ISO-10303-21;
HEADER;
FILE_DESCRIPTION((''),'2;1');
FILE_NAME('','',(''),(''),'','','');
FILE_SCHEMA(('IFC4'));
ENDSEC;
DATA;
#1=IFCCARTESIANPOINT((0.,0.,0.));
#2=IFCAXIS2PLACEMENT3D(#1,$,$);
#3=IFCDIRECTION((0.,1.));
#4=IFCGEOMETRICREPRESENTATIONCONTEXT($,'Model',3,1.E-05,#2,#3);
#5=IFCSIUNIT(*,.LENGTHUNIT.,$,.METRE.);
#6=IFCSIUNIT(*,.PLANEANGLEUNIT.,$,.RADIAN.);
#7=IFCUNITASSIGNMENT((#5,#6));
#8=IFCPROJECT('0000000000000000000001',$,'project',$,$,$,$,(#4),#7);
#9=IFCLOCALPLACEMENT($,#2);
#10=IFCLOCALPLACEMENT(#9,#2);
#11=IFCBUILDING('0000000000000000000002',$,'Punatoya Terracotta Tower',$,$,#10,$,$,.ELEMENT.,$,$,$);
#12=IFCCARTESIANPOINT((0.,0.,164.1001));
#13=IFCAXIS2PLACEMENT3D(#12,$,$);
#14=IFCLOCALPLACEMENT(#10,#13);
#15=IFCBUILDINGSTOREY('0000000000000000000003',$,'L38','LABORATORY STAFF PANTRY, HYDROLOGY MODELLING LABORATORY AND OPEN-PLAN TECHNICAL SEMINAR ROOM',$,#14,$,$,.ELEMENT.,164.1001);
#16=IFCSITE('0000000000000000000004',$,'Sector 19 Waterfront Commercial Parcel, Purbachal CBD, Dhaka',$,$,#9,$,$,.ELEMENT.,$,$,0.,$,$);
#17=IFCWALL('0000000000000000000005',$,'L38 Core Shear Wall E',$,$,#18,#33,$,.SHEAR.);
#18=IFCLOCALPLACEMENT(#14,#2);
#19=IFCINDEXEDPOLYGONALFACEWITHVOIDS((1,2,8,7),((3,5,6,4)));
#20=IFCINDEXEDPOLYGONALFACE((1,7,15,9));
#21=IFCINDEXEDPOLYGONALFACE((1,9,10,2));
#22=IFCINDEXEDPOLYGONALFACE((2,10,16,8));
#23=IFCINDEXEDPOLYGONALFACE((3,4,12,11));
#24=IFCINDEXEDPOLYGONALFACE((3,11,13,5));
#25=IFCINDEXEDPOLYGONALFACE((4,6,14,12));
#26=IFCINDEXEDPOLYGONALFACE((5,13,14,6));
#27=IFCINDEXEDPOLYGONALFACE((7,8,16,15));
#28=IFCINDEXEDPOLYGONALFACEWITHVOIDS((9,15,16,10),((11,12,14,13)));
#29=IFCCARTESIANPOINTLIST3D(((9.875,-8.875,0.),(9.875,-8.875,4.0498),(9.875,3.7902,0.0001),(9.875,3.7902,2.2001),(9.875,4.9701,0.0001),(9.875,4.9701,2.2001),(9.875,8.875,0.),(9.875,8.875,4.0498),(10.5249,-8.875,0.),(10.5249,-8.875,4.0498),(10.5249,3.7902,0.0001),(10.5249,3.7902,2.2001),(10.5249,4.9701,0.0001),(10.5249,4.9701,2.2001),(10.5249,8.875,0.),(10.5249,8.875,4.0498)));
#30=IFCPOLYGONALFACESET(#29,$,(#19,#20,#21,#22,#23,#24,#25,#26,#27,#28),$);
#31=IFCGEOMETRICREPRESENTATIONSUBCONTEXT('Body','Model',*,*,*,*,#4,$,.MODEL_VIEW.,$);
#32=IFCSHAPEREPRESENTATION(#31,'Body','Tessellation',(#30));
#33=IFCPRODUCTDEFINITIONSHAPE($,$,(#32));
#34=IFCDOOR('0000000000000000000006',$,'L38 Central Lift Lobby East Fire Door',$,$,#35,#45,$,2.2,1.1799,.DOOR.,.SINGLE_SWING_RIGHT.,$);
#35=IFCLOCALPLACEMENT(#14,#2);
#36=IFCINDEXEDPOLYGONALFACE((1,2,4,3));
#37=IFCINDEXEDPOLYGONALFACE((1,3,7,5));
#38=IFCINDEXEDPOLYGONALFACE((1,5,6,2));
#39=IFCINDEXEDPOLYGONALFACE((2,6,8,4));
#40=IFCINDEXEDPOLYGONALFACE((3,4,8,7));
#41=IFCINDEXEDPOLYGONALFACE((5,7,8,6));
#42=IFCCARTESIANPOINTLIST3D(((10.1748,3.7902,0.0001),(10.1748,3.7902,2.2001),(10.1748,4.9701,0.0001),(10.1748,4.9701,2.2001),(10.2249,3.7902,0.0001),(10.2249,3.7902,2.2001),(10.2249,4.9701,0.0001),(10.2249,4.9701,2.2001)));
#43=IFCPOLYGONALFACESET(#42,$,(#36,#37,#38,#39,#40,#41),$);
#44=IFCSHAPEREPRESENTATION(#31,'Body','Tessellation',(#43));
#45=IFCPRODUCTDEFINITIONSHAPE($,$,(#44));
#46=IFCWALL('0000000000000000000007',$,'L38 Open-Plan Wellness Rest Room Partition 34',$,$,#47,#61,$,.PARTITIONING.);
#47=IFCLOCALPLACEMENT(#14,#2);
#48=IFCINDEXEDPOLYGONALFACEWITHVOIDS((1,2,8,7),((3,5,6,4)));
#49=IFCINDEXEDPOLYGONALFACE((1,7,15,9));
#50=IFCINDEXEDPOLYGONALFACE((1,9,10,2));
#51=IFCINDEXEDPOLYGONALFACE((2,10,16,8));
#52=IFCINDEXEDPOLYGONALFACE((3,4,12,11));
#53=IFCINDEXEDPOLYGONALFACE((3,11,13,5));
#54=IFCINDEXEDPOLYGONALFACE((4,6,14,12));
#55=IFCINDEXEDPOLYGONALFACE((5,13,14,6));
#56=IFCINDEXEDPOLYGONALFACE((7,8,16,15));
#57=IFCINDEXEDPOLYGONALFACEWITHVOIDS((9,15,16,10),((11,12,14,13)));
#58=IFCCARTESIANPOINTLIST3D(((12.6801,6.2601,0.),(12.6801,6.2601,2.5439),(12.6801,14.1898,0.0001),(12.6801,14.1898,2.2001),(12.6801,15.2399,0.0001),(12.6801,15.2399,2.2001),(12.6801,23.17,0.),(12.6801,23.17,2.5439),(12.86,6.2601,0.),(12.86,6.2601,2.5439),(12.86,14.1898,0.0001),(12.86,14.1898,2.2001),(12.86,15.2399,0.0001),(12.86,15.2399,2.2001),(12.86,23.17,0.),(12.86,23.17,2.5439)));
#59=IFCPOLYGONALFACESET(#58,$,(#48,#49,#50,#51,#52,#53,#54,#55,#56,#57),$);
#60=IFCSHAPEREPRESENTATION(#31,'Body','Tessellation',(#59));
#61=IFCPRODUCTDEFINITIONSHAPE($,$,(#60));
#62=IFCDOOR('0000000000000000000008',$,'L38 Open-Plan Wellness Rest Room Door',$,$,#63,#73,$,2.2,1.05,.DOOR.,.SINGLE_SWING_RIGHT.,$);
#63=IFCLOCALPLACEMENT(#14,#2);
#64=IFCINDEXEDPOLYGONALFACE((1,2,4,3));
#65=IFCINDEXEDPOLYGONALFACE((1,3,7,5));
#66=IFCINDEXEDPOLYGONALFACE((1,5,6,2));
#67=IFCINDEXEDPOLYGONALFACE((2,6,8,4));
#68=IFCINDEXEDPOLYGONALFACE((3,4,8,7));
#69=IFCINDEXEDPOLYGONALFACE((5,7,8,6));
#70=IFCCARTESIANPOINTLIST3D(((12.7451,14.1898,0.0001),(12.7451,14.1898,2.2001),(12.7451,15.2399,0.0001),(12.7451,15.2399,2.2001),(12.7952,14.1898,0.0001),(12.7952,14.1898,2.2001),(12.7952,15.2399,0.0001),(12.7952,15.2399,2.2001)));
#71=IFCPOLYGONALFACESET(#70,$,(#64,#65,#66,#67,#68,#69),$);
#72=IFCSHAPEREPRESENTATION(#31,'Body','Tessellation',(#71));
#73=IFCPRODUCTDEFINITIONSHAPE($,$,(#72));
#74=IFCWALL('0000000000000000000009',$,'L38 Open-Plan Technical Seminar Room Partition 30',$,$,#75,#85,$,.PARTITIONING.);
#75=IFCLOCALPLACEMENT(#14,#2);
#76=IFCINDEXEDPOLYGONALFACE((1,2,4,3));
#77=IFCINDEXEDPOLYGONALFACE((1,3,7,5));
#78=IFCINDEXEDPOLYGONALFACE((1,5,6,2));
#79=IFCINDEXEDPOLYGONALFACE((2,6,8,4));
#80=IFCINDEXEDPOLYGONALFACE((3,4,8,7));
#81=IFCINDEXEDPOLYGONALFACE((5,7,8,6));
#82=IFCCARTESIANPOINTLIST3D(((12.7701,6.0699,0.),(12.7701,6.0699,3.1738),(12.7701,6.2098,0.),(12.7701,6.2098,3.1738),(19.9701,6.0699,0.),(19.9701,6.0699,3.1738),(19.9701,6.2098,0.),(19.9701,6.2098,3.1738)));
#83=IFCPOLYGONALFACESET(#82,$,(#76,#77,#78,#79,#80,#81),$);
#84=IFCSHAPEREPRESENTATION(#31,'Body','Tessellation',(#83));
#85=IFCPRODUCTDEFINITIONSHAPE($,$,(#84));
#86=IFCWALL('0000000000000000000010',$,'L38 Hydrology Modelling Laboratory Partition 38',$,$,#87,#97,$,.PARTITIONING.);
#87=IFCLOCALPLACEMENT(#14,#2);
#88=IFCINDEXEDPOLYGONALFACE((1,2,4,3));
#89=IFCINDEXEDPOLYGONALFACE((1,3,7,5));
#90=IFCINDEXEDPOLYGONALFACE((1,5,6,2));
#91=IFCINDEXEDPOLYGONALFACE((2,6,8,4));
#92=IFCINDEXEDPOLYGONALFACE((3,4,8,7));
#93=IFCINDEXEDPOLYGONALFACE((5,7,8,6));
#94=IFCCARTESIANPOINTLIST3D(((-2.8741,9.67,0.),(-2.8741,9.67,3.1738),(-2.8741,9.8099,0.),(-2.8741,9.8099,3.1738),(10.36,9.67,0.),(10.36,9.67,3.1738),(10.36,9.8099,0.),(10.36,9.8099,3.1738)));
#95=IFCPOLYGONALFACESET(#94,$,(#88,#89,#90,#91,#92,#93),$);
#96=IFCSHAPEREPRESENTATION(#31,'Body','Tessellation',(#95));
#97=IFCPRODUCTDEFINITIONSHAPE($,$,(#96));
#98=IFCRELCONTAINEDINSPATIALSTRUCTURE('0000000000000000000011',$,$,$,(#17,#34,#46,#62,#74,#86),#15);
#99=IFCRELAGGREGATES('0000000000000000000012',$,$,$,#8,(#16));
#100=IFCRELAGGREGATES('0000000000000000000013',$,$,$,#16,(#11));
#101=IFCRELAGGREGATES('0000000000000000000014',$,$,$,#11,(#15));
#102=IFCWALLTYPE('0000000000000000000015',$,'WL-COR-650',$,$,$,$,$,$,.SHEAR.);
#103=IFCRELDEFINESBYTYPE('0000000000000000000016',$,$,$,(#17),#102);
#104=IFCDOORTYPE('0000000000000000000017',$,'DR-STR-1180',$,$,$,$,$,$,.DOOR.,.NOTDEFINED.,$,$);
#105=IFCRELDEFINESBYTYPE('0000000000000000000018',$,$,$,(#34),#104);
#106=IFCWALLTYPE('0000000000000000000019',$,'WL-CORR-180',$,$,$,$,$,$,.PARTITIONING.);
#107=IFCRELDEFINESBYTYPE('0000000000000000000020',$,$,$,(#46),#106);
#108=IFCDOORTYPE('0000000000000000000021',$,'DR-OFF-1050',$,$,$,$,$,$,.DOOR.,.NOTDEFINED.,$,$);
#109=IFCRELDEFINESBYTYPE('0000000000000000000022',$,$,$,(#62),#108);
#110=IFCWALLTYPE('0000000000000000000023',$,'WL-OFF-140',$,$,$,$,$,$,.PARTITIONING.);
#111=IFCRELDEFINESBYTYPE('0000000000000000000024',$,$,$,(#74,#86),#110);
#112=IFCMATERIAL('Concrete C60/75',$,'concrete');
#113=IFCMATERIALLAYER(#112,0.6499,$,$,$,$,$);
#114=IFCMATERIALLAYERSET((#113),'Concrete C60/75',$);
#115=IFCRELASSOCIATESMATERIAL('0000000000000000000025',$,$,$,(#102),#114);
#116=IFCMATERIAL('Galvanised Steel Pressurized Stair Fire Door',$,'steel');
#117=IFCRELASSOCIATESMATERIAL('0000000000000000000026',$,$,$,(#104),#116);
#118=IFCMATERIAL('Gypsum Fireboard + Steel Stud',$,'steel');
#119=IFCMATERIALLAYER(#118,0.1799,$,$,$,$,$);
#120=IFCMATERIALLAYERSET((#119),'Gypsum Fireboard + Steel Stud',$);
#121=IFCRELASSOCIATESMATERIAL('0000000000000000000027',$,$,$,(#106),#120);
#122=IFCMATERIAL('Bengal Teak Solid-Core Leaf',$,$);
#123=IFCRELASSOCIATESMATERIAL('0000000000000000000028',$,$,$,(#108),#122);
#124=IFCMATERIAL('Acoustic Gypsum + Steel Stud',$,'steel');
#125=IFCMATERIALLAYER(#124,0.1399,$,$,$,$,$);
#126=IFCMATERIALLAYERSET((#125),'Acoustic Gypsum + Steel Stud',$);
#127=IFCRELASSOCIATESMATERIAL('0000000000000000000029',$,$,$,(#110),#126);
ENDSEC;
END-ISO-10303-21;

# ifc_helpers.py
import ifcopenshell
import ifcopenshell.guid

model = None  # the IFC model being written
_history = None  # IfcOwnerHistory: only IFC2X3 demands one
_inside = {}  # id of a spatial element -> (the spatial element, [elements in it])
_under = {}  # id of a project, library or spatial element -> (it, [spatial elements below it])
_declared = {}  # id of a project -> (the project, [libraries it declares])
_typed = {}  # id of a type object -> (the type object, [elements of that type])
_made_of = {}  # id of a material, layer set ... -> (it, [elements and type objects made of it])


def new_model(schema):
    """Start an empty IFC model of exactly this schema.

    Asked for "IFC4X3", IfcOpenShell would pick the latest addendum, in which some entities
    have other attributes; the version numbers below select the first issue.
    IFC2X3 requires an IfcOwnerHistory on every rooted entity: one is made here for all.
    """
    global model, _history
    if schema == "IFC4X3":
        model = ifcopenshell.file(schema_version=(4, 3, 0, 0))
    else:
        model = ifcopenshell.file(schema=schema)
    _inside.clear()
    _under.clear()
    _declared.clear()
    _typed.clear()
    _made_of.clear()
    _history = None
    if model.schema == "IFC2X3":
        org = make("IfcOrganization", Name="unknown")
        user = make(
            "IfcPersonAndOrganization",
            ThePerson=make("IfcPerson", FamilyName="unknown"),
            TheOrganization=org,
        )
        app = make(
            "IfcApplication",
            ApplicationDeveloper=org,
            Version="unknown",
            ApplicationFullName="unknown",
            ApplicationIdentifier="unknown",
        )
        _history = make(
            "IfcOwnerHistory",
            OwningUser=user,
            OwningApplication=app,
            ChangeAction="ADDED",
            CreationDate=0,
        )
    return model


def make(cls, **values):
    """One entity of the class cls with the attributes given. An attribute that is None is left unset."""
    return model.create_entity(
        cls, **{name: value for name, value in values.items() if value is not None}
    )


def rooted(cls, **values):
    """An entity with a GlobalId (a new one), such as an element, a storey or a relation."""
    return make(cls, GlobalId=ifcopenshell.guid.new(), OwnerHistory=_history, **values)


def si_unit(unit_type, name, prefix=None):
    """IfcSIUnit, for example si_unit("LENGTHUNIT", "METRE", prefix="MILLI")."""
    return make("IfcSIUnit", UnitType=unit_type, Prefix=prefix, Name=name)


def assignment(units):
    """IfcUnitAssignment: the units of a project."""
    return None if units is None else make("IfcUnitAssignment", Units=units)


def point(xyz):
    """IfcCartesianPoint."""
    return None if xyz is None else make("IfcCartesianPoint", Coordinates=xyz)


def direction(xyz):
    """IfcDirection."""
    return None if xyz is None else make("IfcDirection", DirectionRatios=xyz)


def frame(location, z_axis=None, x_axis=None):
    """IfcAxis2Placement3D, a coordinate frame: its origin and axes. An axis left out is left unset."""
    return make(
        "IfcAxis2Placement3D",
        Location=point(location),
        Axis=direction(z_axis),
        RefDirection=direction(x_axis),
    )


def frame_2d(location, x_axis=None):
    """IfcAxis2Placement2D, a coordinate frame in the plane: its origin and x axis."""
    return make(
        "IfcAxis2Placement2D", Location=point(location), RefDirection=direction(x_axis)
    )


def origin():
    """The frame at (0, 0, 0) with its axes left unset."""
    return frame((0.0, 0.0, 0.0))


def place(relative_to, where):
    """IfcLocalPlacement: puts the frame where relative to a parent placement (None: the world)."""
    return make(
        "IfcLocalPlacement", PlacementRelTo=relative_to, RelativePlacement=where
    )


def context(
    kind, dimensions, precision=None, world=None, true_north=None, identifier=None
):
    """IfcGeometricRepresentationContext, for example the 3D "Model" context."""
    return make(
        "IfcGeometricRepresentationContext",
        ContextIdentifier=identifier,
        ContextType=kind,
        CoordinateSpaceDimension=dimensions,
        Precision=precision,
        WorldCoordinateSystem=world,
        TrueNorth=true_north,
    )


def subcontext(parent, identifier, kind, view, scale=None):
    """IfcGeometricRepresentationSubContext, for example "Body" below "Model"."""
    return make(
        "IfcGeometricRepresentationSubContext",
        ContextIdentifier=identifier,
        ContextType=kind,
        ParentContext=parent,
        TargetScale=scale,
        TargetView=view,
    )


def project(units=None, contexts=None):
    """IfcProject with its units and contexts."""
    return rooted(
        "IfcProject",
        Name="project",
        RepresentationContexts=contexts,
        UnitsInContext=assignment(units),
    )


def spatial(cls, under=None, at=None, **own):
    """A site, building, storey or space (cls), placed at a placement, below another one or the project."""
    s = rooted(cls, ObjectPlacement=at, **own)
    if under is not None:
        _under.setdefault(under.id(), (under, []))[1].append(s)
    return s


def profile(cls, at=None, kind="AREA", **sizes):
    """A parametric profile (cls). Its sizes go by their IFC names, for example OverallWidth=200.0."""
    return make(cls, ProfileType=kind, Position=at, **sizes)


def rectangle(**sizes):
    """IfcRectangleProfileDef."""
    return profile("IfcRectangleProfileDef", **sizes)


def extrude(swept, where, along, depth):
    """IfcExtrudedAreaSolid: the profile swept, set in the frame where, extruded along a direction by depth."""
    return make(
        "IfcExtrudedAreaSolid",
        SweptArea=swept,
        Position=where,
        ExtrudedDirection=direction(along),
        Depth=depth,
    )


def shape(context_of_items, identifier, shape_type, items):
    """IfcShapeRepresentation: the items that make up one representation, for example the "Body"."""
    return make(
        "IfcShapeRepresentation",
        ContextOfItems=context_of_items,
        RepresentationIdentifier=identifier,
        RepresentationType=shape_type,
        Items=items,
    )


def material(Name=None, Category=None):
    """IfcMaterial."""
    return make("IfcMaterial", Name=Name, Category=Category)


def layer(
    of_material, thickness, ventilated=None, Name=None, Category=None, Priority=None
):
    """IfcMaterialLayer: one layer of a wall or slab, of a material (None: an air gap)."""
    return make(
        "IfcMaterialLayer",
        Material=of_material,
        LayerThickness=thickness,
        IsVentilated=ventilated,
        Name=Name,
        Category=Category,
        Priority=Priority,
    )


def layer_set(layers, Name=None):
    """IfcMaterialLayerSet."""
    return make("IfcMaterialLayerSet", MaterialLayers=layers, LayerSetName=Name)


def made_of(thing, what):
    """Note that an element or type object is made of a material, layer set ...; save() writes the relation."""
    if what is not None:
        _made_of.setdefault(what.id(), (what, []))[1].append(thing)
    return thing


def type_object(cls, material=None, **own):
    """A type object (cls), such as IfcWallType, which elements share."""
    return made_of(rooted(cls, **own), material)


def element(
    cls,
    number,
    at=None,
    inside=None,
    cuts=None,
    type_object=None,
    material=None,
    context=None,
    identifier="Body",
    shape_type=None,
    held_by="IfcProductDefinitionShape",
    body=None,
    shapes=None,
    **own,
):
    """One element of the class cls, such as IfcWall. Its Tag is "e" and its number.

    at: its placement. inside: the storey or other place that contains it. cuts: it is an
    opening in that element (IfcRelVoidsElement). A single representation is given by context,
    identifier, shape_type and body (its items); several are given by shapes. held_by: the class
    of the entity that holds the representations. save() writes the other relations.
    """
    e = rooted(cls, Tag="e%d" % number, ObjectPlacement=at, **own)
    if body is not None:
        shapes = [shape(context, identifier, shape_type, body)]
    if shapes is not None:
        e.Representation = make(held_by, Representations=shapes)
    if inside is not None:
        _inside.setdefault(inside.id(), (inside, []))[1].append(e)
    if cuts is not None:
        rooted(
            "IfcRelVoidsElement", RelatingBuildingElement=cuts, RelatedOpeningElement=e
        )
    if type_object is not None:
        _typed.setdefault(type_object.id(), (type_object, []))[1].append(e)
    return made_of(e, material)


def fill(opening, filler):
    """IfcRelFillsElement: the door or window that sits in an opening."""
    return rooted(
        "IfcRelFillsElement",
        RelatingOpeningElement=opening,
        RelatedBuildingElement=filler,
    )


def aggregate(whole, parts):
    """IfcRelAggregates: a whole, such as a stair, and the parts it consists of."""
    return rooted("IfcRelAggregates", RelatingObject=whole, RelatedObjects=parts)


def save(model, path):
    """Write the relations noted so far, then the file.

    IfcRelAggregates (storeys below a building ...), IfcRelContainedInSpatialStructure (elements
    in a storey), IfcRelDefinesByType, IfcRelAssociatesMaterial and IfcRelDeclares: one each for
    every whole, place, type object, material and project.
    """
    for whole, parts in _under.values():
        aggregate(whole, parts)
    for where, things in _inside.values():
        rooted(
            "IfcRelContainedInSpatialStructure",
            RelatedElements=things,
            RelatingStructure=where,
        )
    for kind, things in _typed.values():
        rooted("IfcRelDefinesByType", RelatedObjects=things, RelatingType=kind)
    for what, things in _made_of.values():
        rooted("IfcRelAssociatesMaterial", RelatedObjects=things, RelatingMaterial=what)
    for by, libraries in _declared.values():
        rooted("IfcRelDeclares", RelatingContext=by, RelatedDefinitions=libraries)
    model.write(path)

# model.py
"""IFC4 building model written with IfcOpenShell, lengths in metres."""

from ifc_helpers import new_model, si_unit, direction, frame, frame_2d, origin, place, context, subcontext, project, spatial, rectangle, extrude, material, layer, layer_set, type_object, element, fill, save


model = new_model("IFC4")

# Units and contexts
model_context = context("Model", 3, precision=1e-05, world=origin(), true_north=direction((0.0, 1.0)))
body_context = subcontext(model_context, "Body", "Model", "MODEL_VIEW")
ifc_project = project(units=[si_unit("LENGTHUNIT", "METRE"), si_unit("PLANEANGLEUNIT", "RADIAN")], contexts=[model_context])

# Site, building, storey
site_placement = place(None, origin())
site = spatial("IfcSite", under=ifc_project, at=site_placement, Name="Sector 19 Waterfront Commercial Parcel, Purbachal CBD, Dhaka", CompositionType="ELEMENT", RefElevation=0.0)
building_placement = place(site_placement, origin())
building = spatial("IfcBuilding", under=site, at=building_placement, Name="Punatoya Terracotta Tower", CompositionType="ELEMENT")
storey_placement = place(building_placement, frame((0.0, 0.0, 164.1001)))
storey = spatial("IfcBuildingStorey", under=building, at=storey_placement, Name="L38", Description="LABORATORY STAFF PANTRY, HYDROLOGY MODELLING LABORATORY AND OPEN-PLAN TECHNICAL SEMINAR ROOM", CompositionType="ELEMENT", Elevation=164.1001)

# Walls, openings, doors
ifc_material_1 = material(Name="Concrete C60/75", Category="concrete")
ifc_layer_1 = layer(ifc_material_1, 0.6499)
ifc_layer_set_1 = layer_set([ifc_layer_1], Name="Concrete C60/75")
wall_type_1 = type_object("IfcWallType", Name="WL-COR-650", PredefinedType="SHEAR", material=ifc_layer_set_1)
wall_1_placement = place(storey_placement, frame((10.2, 8.875, 0.0), z_axis=(0.0, 0.0, 1.0), x_axis=(0.0, -1.0, 0.0)))
wall_1 = element("IfcWall", 1, at=wall_1_placement, inside=storey, type_object=wall_type_1, Name="L38 Core Shear Wall E", PredefinedType="SHEAR", context=body_context, shape_type="SweptSolid", body=[
    extrude(rectangle(XDim=17.75, YDim=0.6499, at=frame_2d((8.875, 0.0))), origin(), (0.0, 0.0, 1.0), 4.0498),
])
opening_1_placement = place(wall_1_placement, frame((3.905, 0.0, 0.0)))
opening_1 = element("IfcOpeningElement", 2, at=opening_1_placement, cuts=wall_1, PredefinedType="OPENING", context=body_context, shape_type="SweptSolid", body=[
    extrude(rectangle(XDim=1.1799, YDim=2.2, at=frame_2d((0.5898, 1.1001))), frame((0.0, 0.335, 0.0), z_axis=(0.0, -1.0, 0.0), x_axis=(1.0, 0.0, 0.0)), (0.0, 0.0, 1.0), 0.6699),
])
ifc_material_2 = material(Name="Galvanised Steel Pressurized Stair Fire Door", Category="steel")
door_type_1 = type_object("IfcDoorType", Name="DR-STR-1180", OperationType="NOTDEFINED", PredefinedType="DOOR", material=ifc_material_2)
door_1_placement = place(opening_1_placement, origin())
door_1 = element("IfcDoor", 3, at=door_1_placement, inside=storey, type_object=door_type_1, Name="L38 Central Lift Lobby East Fire Door", OperationType="SINGLE_SWING_RIGHT", OverallHeight=2.2, OverallWidth=1.1799, PredefinedType="DOOR", context=body_context, shape_type="SweptSolid", body=[
    extrude(rectangle(XDim=1.1799, YDim=2.2, at=frame_2d((0.5898, 1.1001))), frame((0.0, 0.0249, 0.0), z_axis=(0.0, -1.0, 0.0), x_axis=(1.0, 0.0, 0.0)), (0.0, 0.0, 1.0), 0.05),
])
fill(opening_1, door_1)
ifc_material_3 = material(Name="Gypsum Fireboard + Steel Stud", Category="steel")
ifc_layer_2 = layer(ifc_material_3, 0.1799)
ifc_layer_set_2 = layer_set([ifc_layer_2], Name="Gypsum Fireboard + Steel Stud")
wall_type_2 = type_object("IfcWallType", Name="WL-CORR-180", PredefinedType="PARTITIONING", material=ifc_layer_set_2)
wall_2_placement = place(storey_placement, frame((12.77, 6.26, 0.0), z_axis=(0.0, 0.0, 1.0), x_axis=(0.0, 1.0, 0.0)))
wall_2 = element("IfcWall", 4, at=wall_2_placement, inside=storey, type_object=wall_type_2, Name="L38 Open-Plan Wellness Rest Room Partition 34", PredefinedType="PARTITIONING", context=body_context, shape_type="SweptSolid", body=[
    extrude(rectangle(XDim=16.9099, YDim=0.1799, at=frame_2d((8.4551, 0.0))), origin(), (0.0, 0.0, 1.0), 2.5439),
])
opening_2_placement = place(wall_2_placement, frame((7.9299, 0.0, 0.0)))
opening_2 = element("IfcOpeningElement", 5, at=opening_2_placement, cuts=wall_2, PredefinedType="OPENING", context=body_context, shape_type="SweptSolid", body=[
    extrude(rectangle(XDim=1.05, YDim=2.2, at=frame_2d((0.5249, 1.1001))), frame((0.0, 0.0999, 0.0), z_axis=(0.0, -1.0, 0.0), x_axis=(1.0, 0.0, 0.0)), (0.0, 0.0, 1.0), 0.2),
])
ifc_material_4 = material(Name="Bengal Teak Solid-Core Leaf")
door_type_2 = type_object("IfcDoorType", Name="DR-OFF-1050", OperationType="NOTDEFINED", PredefinedType="DOOR", material=ifc_material_4)
door_2_placement = place(opening_2_placement, origin())
door_2 = element("IfcDoor", 6, at=door_2_placement, inside=storey, type_object=door_type_2, Name="L38 Open-Plan Wellness Rest Room Door", OperationType="SINGLE_SWING_RIGHT", OverallHeight=2.2, OverallWidth=1.05, PredefinedType="DOOR", context=body_context, shape_type="SweptSolid", body=[
    extrude(rectangle(XDim=1.05, YDim=2.2, at=frame_2d((0.5249, 1.1001))), frame((0.0, 0.0249, 0.0), z_axis=(0.0, -1.0, 0.0), x_axis=(1.0, 0.0, 0.0)), (0.0, 0.0, 1.0), 0.05),
])
fill(opening_2, door_2)

# Walls
ifc_material_5 = material(Name="Acoustic Gypsum + Steel Stud", Category="steel")
ifc_layer_3 = layer(ifc_material_5, 0.1399)
ifc_layer_set_3 = layer_set([ifc_layer_3], Name="Acoustic Gypsum + Steel Stud")
wall_type_3 = type_object("IfcWallType", Name="WL-OFF-140", PredefinedType="PARTITIONING", material=ifc_layer_set_3)
wall_3_placement = place(storey_placement, frame((12.77, 6.1399, 0.0), z_axis=(0.0, 0.0, 1.0), x_axis=(1.0, 0.0, 0.0)))
element("IfcWall", 7, at=wall_3_placement, inside=storey, type_object=wall_type_3, Name="L38 Open-Plan Technical Seminar Room Partition 30", PredefinedType="PARTITIONING", context=body_context, shape_type="SweptSolid", body=[
    extrude(rectangle(XDim=7.2, YDim=0.1399, at=frame_2d((3.6001, 0.0))), origin(), (0.0, 0.0, 1.0), 3.1738),
])
wall_4_placement = place(storey_placement, frame((10.3601, 9.74, 0.0), z_axis=(0.0, 0.0, 1.0), x_axis=(-1.0, 0.0, 0.0)))
element("IfcWall", 8, at=wall_4_placement, inside=storey, type_object=wall_type_3, Name="L38 Hydrology Modelling Laboratory Partition 38", PredefinedType="PARTITIONING", context=body_context, shape_type="SweptSolid", body=[
    extrude(rectangle(XDim=13.2341, YDim=0.1399, at=frame_2d((6.6172, 0.0))), origin(), (0.0, 0.0, 1.0), 3.1738),
])

save(model, "model.ifc")
